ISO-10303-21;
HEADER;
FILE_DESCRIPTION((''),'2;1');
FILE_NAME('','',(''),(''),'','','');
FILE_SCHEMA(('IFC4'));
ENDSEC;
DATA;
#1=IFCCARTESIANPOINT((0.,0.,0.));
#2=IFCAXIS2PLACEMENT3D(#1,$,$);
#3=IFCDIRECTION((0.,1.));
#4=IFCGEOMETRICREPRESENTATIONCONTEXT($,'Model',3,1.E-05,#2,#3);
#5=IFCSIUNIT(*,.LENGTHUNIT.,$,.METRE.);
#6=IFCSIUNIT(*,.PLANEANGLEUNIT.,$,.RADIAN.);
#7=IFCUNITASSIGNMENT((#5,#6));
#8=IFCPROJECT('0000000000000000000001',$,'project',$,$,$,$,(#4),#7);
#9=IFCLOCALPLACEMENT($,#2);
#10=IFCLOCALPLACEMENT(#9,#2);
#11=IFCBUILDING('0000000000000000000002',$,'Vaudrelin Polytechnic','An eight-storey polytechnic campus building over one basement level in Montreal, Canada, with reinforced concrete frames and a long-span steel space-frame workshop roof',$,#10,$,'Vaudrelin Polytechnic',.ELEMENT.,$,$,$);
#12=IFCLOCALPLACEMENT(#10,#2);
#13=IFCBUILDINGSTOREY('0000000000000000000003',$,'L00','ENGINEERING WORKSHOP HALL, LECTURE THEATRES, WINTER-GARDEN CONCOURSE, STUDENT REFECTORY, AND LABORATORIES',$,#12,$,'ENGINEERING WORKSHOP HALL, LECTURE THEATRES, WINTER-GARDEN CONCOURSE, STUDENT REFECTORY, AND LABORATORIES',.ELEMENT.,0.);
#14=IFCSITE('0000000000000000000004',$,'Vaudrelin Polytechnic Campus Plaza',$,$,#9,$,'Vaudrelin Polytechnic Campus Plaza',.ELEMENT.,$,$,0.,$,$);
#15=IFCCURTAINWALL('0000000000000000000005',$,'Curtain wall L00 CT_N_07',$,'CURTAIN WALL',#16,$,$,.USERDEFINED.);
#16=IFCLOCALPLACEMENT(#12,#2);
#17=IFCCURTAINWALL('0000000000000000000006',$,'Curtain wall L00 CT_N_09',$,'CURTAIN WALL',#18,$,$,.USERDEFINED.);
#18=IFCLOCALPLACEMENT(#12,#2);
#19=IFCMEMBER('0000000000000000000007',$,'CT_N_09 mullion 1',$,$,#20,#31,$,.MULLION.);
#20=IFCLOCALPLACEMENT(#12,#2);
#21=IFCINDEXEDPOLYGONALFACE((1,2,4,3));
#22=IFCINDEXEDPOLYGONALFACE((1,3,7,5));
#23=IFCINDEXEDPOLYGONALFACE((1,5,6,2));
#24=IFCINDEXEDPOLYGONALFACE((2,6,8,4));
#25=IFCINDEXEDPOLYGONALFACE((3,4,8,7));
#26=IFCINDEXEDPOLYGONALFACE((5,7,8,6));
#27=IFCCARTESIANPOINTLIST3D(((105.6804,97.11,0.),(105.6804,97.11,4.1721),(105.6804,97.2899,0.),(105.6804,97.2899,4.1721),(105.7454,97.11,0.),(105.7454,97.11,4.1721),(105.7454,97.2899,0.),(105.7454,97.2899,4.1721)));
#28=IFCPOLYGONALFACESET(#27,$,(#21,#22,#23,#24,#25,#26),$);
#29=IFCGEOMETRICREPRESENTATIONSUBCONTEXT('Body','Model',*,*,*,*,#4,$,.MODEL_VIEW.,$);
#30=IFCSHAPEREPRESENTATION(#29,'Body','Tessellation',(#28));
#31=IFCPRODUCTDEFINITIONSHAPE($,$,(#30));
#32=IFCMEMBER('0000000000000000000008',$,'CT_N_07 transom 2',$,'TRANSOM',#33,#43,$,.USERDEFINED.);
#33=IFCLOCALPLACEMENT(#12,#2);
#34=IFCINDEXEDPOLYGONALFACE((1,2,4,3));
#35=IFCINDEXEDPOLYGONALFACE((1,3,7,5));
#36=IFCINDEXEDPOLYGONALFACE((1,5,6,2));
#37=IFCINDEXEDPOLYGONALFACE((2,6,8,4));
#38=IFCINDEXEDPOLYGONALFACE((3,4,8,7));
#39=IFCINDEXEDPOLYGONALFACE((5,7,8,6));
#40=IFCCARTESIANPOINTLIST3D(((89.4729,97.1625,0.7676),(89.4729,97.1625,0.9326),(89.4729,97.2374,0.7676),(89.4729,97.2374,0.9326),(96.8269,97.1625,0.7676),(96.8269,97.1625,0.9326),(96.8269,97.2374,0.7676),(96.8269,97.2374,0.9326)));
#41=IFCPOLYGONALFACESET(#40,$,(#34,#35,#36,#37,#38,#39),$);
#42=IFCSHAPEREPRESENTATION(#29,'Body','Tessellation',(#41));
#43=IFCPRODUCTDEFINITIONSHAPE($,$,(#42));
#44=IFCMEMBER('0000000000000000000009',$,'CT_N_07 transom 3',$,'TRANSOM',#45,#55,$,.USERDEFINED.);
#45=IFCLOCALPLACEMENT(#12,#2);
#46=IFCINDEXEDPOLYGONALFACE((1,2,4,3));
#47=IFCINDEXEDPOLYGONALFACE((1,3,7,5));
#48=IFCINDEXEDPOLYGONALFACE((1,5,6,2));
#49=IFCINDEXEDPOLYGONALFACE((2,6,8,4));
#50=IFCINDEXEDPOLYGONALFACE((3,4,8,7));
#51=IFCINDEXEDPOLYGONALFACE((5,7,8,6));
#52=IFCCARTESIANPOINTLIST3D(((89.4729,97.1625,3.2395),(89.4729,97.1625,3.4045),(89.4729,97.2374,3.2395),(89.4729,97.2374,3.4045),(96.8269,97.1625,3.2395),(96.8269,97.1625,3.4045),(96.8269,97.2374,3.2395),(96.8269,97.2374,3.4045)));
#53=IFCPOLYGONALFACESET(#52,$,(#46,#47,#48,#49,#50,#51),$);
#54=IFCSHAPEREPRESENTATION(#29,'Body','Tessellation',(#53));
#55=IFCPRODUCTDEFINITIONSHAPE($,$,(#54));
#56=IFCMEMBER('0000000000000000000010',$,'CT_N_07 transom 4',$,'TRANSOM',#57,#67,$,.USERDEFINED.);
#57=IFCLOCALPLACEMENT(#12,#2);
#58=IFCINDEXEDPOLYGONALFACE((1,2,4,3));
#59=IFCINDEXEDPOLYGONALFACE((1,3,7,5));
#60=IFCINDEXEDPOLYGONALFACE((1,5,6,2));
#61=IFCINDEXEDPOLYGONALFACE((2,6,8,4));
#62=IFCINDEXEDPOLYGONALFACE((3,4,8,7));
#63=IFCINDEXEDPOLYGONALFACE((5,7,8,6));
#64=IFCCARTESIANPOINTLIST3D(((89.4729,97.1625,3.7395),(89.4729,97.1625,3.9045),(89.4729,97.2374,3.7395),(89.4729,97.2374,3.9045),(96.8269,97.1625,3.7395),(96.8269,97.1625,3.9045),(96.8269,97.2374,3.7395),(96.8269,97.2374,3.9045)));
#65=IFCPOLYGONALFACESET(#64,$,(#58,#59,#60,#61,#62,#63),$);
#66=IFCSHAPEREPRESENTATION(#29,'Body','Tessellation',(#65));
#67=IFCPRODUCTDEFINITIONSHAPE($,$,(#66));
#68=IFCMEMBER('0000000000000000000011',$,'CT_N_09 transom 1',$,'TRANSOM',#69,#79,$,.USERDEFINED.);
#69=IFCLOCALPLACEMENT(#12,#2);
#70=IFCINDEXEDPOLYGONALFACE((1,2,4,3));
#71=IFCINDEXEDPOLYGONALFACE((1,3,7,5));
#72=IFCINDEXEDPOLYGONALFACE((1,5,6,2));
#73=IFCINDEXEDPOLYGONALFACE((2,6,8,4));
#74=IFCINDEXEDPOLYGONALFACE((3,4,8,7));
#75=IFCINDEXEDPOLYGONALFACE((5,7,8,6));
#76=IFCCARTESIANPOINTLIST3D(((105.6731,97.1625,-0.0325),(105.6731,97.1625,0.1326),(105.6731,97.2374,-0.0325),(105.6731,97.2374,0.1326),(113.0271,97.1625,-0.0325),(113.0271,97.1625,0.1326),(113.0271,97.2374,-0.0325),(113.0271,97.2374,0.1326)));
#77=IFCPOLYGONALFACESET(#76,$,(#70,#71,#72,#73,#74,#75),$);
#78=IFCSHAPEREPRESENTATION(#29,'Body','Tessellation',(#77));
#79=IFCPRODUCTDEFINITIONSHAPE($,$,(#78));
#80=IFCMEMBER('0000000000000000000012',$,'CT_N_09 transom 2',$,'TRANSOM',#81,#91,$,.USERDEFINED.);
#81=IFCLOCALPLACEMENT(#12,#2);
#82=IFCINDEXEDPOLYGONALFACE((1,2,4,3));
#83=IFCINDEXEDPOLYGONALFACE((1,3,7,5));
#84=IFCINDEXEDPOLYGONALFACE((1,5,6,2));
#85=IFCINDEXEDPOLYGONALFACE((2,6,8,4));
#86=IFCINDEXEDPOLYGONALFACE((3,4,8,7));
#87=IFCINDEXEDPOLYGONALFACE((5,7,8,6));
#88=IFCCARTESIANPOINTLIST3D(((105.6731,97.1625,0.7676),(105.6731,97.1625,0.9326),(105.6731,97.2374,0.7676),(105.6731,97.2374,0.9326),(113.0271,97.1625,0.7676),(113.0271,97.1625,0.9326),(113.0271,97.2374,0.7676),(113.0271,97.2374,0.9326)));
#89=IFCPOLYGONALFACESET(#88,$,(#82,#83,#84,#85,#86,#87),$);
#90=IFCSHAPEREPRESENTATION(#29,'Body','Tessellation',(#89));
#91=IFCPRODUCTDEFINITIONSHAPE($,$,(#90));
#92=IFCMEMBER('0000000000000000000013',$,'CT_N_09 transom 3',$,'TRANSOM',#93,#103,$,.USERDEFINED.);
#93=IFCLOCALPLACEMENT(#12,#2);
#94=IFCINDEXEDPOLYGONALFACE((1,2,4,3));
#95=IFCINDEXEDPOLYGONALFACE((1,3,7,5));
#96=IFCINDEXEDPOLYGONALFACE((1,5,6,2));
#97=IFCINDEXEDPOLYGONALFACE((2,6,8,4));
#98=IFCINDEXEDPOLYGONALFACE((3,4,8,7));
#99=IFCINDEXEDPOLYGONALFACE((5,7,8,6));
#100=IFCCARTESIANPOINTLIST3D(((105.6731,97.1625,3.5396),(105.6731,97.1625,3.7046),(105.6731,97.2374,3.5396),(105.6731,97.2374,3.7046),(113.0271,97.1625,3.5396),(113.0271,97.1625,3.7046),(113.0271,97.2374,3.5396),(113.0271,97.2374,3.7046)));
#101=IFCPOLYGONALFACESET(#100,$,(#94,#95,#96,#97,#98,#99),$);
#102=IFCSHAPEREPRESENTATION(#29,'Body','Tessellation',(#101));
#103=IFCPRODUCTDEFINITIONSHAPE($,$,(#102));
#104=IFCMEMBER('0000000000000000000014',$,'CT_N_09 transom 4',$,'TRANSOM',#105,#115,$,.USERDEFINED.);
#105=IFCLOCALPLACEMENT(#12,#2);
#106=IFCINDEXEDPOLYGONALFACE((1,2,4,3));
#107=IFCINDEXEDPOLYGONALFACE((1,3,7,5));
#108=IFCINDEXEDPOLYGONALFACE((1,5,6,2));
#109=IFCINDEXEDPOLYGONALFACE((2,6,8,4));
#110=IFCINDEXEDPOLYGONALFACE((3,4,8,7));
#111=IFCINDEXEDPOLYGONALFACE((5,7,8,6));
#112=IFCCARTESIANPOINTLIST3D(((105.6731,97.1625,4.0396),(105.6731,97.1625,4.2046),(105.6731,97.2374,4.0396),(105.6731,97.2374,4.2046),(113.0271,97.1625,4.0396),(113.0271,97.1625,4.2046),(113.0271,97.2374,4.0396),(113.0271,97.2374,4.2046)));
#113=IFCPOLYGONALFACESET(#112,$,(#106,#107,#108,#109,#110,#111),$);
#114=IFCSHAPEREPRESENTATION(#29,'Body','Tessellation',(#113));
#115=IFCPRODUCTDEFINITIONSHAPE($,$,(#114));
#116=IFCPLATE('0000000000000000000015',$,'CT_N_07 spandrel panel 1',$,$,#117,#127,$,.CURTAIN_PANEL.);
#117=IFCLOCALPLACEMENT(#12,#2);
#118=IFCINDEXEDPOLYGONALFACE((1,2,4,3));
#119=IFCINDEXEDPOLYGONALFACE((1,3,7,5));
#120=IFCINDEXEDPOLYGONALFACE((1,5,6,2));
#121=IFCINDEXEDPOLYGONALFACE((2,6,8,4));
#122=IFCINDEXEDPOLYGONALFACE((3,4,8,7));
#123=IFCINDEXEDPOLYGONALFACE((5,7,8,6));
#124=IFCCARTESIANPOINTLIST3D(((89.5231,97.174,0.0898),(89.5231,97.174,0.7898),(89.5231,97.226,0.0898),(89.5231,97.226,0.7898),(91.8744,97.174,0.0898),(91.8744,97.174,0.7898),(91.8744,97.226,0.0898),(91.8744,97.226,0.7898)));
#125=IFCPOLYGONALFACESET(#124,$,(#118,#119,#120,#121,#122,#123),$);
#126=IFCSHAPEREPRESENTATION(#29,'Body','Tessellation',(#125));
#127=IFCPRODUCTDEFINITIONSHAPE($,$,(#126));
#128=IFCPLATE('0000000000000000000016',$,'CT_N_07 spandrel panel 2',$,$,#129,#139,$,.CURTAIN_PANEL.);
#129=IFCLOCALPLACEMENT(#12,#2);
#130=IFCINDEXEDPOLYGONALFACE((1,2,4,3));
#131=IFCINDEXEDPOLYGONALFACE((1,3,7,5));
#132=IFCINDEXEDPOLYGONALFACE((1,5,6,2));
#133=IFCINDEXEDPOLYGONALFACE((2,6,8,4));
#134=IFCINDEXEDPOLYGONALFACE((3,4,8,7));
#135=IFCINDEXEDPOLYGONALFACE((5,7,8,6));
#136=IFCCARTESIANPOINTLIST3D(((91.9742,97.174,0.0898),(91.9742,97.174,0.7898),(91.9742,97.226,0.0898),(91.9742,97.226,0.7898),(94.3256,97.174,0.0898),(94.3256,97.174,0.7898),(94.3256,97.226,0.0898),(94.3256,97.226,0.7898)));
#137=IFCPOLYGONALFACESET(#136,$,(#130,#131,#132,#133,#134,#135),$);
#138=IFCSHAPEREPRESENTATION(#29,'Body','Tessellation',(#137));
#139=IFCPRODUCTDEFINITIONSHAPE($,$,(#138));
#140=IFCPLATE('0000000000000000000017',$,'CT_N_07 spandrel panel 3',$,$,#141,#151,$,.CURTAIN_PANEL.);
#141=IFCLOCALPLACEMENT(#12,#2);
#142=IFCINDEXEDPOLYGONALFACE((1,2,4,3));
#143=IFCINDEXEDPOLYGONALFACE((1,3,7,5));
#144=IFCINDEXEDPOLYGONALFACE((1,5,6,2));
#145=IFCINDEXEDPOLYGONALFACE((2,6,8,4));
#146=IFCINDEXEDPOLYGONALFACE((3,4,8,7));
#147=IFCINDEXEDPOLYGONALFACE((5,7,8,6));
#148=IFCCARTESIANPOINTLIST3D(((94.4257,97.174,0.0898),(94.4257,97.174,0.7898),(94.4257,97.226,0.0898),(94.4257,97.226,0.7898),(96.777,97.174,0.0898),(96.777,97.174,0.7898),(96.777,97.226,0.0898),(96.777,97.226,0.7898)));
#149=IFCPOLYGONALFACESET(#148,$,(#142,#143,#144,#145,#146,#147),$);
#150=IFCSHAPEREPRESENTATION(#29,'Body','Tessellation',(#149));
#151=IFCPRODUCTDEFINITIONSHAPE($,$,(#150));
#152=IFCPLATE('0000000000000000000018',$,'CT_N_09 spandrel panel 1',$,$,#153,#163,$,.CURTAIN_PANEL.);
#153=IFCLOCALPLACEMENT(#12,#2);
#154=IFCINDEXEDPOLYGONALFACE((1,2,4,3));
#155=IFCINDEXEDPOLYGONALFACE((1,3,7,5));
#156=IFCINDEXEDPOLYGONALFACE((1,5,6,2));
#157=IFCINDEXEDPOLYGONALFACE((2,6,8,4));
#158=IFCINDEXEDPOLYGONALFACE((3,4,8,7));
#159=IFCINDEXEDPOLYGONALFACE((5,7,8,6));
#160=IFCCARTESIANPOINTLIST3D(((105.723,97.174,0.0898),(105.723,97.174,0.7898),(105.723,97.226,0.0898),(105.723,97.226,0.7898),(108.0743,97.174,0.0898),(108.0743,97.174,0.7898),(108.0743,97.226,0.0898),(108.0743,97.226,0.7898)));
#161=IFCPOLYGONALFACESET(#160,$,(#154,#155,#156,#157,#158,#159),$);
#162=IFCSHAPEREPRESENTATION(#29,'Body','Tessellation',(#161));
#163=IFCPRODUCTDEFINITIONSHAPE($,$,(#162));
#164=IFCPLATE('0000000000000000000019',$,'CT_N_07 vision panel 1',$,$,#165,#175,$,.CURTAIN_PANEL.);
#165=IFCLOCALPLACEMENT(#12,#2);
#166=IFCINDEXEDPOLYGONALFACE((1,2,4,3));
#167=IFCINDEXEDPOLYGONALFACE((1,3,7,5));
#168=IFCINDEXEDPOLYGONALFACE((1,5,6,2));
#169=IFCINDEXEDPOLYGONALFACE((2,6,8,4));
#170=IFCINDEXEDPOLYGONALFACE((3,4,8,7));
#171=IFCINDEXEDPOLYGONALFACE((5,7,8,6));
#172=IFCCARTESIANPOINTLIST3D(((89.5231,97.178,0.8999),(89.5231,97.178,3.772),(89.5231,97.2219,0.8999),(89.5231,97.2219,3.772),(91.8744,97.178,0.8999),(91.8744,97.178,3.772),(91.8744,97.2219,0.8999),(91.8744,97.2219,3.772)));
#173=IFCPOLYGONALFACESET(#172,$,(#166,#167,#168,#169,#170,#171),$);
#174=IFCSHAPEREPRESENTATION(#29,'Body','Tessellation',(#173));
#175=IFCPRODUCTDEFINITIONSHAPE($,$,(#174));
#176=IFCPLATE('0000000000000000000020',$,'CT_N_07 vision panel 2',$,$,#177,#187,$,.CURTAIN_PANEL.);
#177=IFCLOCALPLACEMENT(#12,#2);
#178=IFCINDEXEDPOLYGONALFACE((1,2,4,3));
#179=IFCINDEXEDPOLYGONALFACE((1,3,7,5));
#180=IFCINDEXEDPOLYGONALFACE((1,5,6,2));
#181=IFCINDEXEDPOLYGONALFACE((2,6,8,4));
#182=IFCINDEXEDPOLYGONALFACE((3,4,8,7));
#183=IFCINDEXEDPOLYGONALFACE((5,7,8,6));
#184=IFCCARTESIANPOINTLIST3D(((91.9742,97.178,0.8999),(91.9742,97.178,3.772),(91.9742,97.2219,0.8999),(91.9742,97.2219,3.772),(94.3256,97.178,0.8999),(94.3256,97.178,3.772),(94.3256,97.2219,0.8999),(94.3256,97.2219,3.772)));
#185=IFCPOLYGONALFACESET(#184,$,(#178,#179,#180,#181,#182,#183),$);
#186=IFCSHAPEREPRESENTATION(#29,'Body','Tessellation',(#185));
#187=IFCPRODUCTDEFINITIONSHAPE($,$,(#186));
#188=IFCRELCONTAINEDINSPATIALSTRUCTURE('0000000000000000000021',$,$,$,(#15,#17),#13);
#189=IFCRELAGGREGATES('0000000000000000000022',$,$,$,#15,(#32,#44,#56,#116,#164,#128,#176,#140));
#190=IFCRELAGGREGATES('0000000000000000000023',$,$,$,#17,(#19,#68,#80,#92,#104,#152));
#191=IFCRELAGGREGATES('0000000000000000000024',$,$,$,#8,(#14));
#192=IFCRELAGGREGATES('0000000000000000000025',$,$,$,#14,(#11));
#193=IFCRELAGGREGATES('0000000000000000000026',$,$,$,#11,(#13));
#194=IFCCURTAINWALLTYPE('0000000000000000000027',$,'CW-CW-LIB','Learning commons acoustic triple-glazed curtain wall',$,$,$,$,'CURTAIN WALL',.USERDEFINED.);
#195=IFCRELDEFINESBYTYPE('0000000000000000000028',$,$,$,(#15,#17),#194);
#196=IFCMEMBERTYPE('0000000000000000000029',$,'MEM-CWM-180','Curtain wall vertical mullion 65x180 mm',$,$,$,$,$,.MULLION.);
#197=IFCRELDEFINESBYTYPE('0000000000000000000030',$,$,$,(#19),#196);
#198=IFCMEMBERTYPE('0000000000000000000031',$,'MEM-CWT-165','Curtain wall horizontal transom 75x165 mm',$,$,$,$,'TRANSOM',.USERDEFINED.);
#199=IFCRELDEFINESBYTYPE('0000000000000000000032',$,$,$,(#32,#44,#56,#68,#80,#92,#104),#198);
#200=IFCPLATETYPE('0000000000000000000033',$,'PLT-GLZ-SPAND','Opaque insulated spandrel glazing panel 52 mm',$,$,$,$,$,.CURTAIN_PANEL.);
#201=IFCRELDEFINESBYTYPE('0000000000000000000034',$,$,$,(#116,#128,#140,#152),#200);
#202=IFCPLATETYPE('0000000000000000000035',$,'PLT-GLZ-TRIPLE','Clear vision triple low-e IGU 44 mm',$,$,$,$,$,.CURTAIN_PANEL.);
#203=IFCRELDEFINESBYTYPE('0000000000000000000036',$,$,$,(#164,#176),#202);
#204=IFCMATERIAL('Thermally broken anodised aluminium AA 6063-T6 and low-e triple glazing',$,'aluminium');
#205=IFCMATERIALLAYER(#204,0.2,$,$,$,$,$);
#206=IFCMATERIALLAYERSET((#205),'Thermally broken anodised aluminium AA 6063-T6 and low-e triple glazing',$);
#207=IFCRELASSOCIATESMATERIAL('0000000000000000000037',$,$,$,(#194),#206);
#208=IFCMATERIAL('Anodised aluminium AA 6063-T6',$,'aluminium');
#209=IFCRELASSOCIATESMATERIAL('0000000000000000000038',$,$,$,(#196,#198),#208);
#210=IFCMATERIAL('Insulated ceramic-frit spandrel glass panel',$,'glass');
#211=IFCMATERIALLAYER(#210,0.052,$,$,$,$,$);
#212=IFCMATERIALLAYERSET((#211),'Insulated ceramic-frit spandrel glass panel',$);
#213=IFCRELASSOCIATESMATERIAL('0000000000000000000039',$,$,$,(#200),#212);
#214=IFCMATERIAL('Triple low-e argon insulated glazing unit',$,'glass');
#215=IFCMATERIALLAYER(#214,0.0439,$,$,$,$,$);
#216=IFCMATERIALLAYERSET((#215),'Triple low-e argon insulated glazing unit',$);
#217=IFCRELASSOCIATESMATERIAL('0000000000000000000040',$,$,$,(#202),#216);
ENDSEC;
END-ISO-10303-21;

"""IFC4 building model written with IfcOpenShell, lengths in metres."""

from ifc_helpers import new_model, si_unit, direction, frame, origin, origin_2d, place, context, subcontext, project, spatial, rectangle, extrude, material, layer, layer_set, material_profile, profile_set, type_object, element, aggregate, save


model = new_model("IFC4")

# Units and contexts
model_context = context("Model", 3, precision=1e-05, world=origin(), true_north=direction((0.0, 1.0)))
body_context = subcontext(model_context, "Body", "Model", "MODEL_VIEW")
ifc_project = project(units=[si_unit("LENGTHUNIT", "METRE"), si_unit("PLANEANGLEUNIT", "RADIAN")], contexts=[model_context])

# Site, building, storey
site_placement = place(None, origin())
site = spatial("IfcSite", under=ifc_project, at=site_placement, Name="Vaudrelin Polytechnic Campus Plaza", LongName="Vaudrelin Polytechnic Campus Plaza", CompositionType="ELEMENT", RefElevation=0.0)
building_placement = place(site_placement, origin())
building = spatial("IfcBuilding", under=site, at=building_placement, Name="Vaudrelin Polytechnic", Description="An eight-storey polytechnic campus building over one basement level in Montreal, Canada, with reinforced concrete frames and a long-span steel space-frame workshop roof", LongName="Vaudrelin Polytechnic", CompositionType="ELEMENT")
storey_placement = place(building_placement, origin())
storey = spatial("IfcBuildingStorey", under=building, at=storey_placement, Name="L00", Description="ENGINEERING WORKSHOP HALL, LECTURE THEATRES, WINTER-GARDEN CONCOURSE, STUDENT REFECTORY, AND LABORATORIES", LongName="ENGINEERING WORKSHOP HALL, LECTURE THEATRES, WINTER-GARDEN CONCOURSE, STUDENT REFECTORY, AND LABORATORIES", CompositionType="ELEMENT", Elevation=0.0)

# Curtain wall
ifc_material_1 = material(Name="Thermally broken anodised aluminium AA 6063-T6 and low-e triple glazing", Category="aluminium")
ifc_layer_1 = layer(ifc_material_1, 0.2)
ifc_layer_set_1 = layer_set([ifc_layer_1], Name="Thermally broken anodised aluminium AA 6063-T6 and low-e triple glazing")
curtain_wall_type = type_object("IfcCurtainWallType", Name="CW-CW-LIB", Description="Learning commons acoustic triple-glazed curtain wall", ElementType="CURTAIN WALL", PredefinedType="USERDEFINED", material=ifc_layer_set_1)
curtain_wall_1_placement = place(storey_placement, origin())
curtain_wall_1 = element("IfcCurtainWall", 1, at=curtain_wall_1_placement, inside=storey, type_object=curtain_wall_type, Name="Curtain wall L00 CT_N_07", ObjectType="CURTAIN WALL", PredefinedType="USERDEFINED")
ifc_material_2 = material(Name="Anodised aluminium AA 6063-T6", Category="aluminium")
ifc_material_profile_1 = material_profile(ifc_material_2, rectangle(XDim=0.0649, YDim=0.1799, at=origin_2d()), Name="CWM-65x180")
ifc_profile_set_1 = profile_set([ifc_material_profile_1], Name="Anodised aluminium AA 6063-T6")
member_type_1 = type_object("IfcMemberType", Name="MEM-CWM-180", Description="Curtain wall vertical mullion 65x180 mm", PredefinedType="MULLION", material=ifc_profile_set_1)

# Curtain wall, member
curtain_wall_2_placement = place(storey_placement, origin())
curtain_wall_2 = element("IfcCurtainWall", 2, at=curtain_wall_2_placement, inside=storey, type_object=curtain_wall_type, Name="Curtain wall L00 CT_N_09", ObjectType="CURTAIN WALL", PredefinedType="USERDEFINED")
member_1_placement = place(storey_placement, frame((105.7129, 97.2, 0.0), z_axis=(0.0, 0.0, 1.0), x_axis=(1.0, 0.0, 0.0)))
member_1 = element("IfcMember", 3, at=member_1_placement, type_object=member_type_1, Name="CT_N_09 mullion 1", PredefinedType="MULLION", context=body_context, shape_type="SweptSolid", body=[
    extrude(rectangle(XDim=0.0649, YDim=0.1799, at=origin_2d()), origin(), (0.0, 0.0, 1.0), 4.1721),
])

# Members
ifc_material_profile_2 = material_profile(ifc_material_2, rectangle(XDim=0.075, YDim=0.165, at=origin_2d()), Name="CWT-75x165")
ifc_profile_set_2 = profile_set([ifc_material_profile_2], Name="Anodised aluminium AA 6063-T6")
member_type_2 = type_object("IfcMemberType", Name="MEM-CWT-165", Description="Curtain wall horizontal transom 75x165 mm", ElementType="TRANSOM", PredefinedType="USERDEFINED", material=ifc_profile_set_2)
member_2_placement = place(storey_placement, frame((89.4729, 97.2, 0.8501), z_axis=(1.0, 0.0, 0.0), x_axis=(0.0, 1.0, 0.0)))
member_2 = element("IfcMember", 4, at=member_2_placement, type_object=member_type_2, Name="CT_N_07 transom 2", ObjectType="TRANSOM", PredefinedType="USERDEFINED", context=body_context, shape_type="SweptSolid", body=[
    extrude(rectangle(XDim=0.075, YDim=0.165, at=origin_2d()), origin(), (0.0, 0.0, 1.0), 7.354),
])
member_3_placement = place(storey_placement, frame((89.4729, 97.2, 3.322), z_axis=(1.0, 0.0, 0.0), x_axis=(0.0, 1.0, 0.0)))
member_3 = element("IfcMember", 5, at=member_3_placement, type_object=member_type_2, Name="CT_N_07 transom 3", ObjectType="TRANSOM", PredefinedType="USERDEFINED", context=body_context, shape_type="SweptSolid", body=[
    extrude(rectangle(XDim=0.075, YDim=0.165, at=origin_2d()), origin(), (0.0, 0.0, 1.0), 7.354),
])
member_4_placement = place(storey_placement, frame((89.4729, 97.2, 3.822), z_axis=(1.0, 0.0, 0.0), x_axis=(0.0, 1.0, 0.0)))
member_4 = element("IfcMember", 6, at=member_4_placement, type_object=member_type_2, Name="CT_N_07 transom 4", ObjectType="TRANSOM", PredefinedType="USERDEFINED", context=body_context, shape_type="SweptSolid", body=[
    extrude(rectangle(XDim=0.075, YDim=0.165, at=origin_2d()), origin(), (0.0, 0.0, 1.0), 7.354),
])
member_5_placement = place(storey_placement, frame((105.6731, 97.2, 0.05), z_axis=(1.0, 0.0, 0.0), x_axis=(0.0, 1.0, 0.0)))
member_5 = element("IfcMember", 7, at=member_5_placement, type_object=member_type_2, Name="CT_N_09 transom 1", ObjectType="TRANSOM", PredefinedType="USERDEFINED", context=body_context, shape_type="SweptSolid", body=[
    extrude(rectangle(XDim=0.075, YDim=0.165, at=origin_2d()), origin(), (0.0, 0.0, 1.0), 7.354),
])
member_6_placement = place(storey_placement, frame((105.6731, 97.2, 0.8501), z_axis=(1.0, 0.0, 0.0), x_axis=(0.0, 1.0, 0.0)))
member_6 = element("IfcMember", 8, at=member_6_placement, type_object=member_type_2, Name="CT_N_09 transom 2", ObjectType="TRANSOM", PredefinedType="USERDEFINED", context=body_context, shape_type="SweptSolid", body=[
    extrude(rectangle(XDim=0.075, YDim=0.165, at=origin_2d()), origin(), (0.0, 0.0, 1.0), 7.354),
])
member_7_placement = place(storey_placement, frame((105.6731, 97.2, 3.6221), z_axis=(1.0, 0.0, 0.0), x_axis=(0.0, 1.0, 0.0)))
member_7 = element("IfcMember", 9, at=member_7_placement, type_object=member_type_2, Name="CT_N_09 transom 3", ObjectType="TRANSOM", PredefinedType="USERDEFINED", context=body_context, shape_type="SweptSolid", body=[
    extrude(rectangle(XDim=0.075, YDim=0.165, at=origin_2d()), origin(), (0.0, 0.0, 1.0), 7.354),
])
member_8_placement = place(storey_placement, frame((105.6731, 97.2, 4.1221), z_axis=(1.0, 0.0, 0.0), x_axis=(0.0, 1.0, 0.0)))
member_8 = element("IfcMember", 10, at=member_8_placement, type_object=member_type_2, Name="CT_N_09 transom 4", ObjectType="TRANSOM", PredefinedType="USERDEFINED", context=body_context, shape_type="SweptSolid", body=[
    extrude(rectangle(XDim=0.075, YDim=0.165, at=origin_2d()), origin(), (0.0, 0.0, 1.0), 7.354),
])

# Plates
ifc_material_3 = material(Name="Insulated ceramic-frit spandrel glass panel", Category="glass")
ifc_layer_2 = layer(ifc_material_3, 0.052)
ifc_layer_set_2 = layer_set([ifc_layer_2], Name="Insulated ceramic-frit spandrel glass panel")
plate_type_1 = type_object("IfcPlateType", Name="PLT-GLZ-SPAND", Description="Opaque insulated spandrel glazing panel 52 mm", PredefinedType="CURTAIN_PANEL", material=ifc_layer_set_2)
plate_1_placement = place(storey_placement, frame((90.6987, 97.2, 0.0898), z_axis=(0.0, 0.0, 1.0), x_axis=(1.0, 0.0, 0.0)))
plate_1 = element("IfcPlate", 11, at=plate_1_placement, type_object=plate_type_1, Name="CT_N_07 spandrel panel 1", PredefinedType="CURTAIN_PANEL", context=body_context, shape_type="SweptSolid", body=[
    extrude(rectangle(XDim=2.3513, YDim=0.052, at=origin_2d()), origin(), (0.0, 0.0, 1.0), 0.7),
])
plate_2_placement = place(storey_placement, frame((93.1499, 97.2, 0.0898), z_axis=(0.0, 0.0, 1.0), x_axis=(1.0, 0.0, 0.0)))
plate_2 = element("IfcPlate", 12, at=plate_2_placement, type_object=plate_type_1, Name="CT_N_07 spandrel panel 2", PredefinedType="CURTAIN_PANEL", context=body_context, shape_type="SweptSolid", body=[
    extrude(rectangle(XDim=2.3513, YDim=0.052, at=origin_2d()), origin(), (0.0, 0.0, 1.0), 0.7),
])
plate_3_placement = place(storey_placement, frame((95.6013, 97.2, 0.0898), z_axis=(0.0, 0.0, 1.0), x_axis=(1.0, 0.0, 0.0)))
plate_3 = element("IfcPlate", 13, at=plate_3_placement, type_object=plate_type_1, Name="CT_N_07 spandrel panel 3", PredefinedType="CURTAIN_PANEL", context=body_context, shape_type="SweptSolid", body=[
    extrude(rectangle(XDim=2.3513, YDim=0.052, at=origin_2d()), origin(), (0.0, 0.0, 1.0), 0.7),
])
plate_4_placement = place(storey_placement, frame((106.8987, 97.2, 0.0898), z_axis=(0.0, 0.0, 1.0), x_axis=(1.0, 0.0, 0.0)))
plate_4 = element("IfcPlate", 14, at=plate_4_placement, type_object=plate_type_1, Name="CT_N_09 spandrel panel 1", PredefinedType="CURTAIN_PANEL", context=body_context, shape_type="SweptSolid", body=[
    extrude(rectangle(XDim=2.3513, YDim=0.052, at=origin_2d()), origin(), (0.0, 0.0, 1.0), 0.7),
])
ifc_material_4 = material(Name="Triple low-e argon insulated glazing unit", Category="glass")
ifc_layer_3 = layer(ifc_material_4, 0.0439)
ifc_layer_set_3 = layer_set([ifc_layer_3], Name="Triple low-e argon insulated glazing unit")
plate_type_2 = type_object("IfcPlateType", Name="PLT-GLZ-TRIPLE", Description="Clear vision triple low-e IGU 44 mm", PredefinedType="CURTAIN_PANEL", material=ifc_layer_set_3)
plate_5_placement = place(storey_placement, frame((90.6987, 97.2, 0.8999), z_axis=(0.0, 0.0, 1.0), x_axis=(1.0, 0.0, 0.0)))
plate_5 = element("IfcPlate", 15, at=plate_5_placement, type_object=plate_type_2, Name="CT_N_07 vision panel 1", PredefinedType="CURTAIN_PANEL", context=body_context, shape_type="SweptSolid", body=[
    extrude(rectangle(XDim=2.3513, YDim=0.0439, at=origin_2d()), origin(), (0.0, 0.0, 1.0), 2.8721),
])
plate_6_placement = place(storey_placement, frame((93.1499, 97.2, 0.8999), z_axis=(0.0, 0.0, 1.0), x_axis=(1.0, 0.0, 0.0)))
plate_6 = element("IfcPlate", 16, at=plate_6_placement, type_object=plate_type_2, Name="CT_N_07 vision panel 2", PredefinedType="CURTAIN_PANEL", context=body_context, shape_type="SweptSolid", body=[
    extrude(rectangle(XDim=2.3513, YDim=0.0439, at=origin_2d()), origin(), (0.0, 0.0, 1.0), 2.8721),
])
aggregate(curtain_wall_1, [member_2, member_3, member_4, plate_1, plate_5, plate_2, plate_6, plate_3])
aggregate(curtain_wall_2, [member_1, member_5, member_6, member_7, member_8, plate_4])

save(model, "model.ifc")
